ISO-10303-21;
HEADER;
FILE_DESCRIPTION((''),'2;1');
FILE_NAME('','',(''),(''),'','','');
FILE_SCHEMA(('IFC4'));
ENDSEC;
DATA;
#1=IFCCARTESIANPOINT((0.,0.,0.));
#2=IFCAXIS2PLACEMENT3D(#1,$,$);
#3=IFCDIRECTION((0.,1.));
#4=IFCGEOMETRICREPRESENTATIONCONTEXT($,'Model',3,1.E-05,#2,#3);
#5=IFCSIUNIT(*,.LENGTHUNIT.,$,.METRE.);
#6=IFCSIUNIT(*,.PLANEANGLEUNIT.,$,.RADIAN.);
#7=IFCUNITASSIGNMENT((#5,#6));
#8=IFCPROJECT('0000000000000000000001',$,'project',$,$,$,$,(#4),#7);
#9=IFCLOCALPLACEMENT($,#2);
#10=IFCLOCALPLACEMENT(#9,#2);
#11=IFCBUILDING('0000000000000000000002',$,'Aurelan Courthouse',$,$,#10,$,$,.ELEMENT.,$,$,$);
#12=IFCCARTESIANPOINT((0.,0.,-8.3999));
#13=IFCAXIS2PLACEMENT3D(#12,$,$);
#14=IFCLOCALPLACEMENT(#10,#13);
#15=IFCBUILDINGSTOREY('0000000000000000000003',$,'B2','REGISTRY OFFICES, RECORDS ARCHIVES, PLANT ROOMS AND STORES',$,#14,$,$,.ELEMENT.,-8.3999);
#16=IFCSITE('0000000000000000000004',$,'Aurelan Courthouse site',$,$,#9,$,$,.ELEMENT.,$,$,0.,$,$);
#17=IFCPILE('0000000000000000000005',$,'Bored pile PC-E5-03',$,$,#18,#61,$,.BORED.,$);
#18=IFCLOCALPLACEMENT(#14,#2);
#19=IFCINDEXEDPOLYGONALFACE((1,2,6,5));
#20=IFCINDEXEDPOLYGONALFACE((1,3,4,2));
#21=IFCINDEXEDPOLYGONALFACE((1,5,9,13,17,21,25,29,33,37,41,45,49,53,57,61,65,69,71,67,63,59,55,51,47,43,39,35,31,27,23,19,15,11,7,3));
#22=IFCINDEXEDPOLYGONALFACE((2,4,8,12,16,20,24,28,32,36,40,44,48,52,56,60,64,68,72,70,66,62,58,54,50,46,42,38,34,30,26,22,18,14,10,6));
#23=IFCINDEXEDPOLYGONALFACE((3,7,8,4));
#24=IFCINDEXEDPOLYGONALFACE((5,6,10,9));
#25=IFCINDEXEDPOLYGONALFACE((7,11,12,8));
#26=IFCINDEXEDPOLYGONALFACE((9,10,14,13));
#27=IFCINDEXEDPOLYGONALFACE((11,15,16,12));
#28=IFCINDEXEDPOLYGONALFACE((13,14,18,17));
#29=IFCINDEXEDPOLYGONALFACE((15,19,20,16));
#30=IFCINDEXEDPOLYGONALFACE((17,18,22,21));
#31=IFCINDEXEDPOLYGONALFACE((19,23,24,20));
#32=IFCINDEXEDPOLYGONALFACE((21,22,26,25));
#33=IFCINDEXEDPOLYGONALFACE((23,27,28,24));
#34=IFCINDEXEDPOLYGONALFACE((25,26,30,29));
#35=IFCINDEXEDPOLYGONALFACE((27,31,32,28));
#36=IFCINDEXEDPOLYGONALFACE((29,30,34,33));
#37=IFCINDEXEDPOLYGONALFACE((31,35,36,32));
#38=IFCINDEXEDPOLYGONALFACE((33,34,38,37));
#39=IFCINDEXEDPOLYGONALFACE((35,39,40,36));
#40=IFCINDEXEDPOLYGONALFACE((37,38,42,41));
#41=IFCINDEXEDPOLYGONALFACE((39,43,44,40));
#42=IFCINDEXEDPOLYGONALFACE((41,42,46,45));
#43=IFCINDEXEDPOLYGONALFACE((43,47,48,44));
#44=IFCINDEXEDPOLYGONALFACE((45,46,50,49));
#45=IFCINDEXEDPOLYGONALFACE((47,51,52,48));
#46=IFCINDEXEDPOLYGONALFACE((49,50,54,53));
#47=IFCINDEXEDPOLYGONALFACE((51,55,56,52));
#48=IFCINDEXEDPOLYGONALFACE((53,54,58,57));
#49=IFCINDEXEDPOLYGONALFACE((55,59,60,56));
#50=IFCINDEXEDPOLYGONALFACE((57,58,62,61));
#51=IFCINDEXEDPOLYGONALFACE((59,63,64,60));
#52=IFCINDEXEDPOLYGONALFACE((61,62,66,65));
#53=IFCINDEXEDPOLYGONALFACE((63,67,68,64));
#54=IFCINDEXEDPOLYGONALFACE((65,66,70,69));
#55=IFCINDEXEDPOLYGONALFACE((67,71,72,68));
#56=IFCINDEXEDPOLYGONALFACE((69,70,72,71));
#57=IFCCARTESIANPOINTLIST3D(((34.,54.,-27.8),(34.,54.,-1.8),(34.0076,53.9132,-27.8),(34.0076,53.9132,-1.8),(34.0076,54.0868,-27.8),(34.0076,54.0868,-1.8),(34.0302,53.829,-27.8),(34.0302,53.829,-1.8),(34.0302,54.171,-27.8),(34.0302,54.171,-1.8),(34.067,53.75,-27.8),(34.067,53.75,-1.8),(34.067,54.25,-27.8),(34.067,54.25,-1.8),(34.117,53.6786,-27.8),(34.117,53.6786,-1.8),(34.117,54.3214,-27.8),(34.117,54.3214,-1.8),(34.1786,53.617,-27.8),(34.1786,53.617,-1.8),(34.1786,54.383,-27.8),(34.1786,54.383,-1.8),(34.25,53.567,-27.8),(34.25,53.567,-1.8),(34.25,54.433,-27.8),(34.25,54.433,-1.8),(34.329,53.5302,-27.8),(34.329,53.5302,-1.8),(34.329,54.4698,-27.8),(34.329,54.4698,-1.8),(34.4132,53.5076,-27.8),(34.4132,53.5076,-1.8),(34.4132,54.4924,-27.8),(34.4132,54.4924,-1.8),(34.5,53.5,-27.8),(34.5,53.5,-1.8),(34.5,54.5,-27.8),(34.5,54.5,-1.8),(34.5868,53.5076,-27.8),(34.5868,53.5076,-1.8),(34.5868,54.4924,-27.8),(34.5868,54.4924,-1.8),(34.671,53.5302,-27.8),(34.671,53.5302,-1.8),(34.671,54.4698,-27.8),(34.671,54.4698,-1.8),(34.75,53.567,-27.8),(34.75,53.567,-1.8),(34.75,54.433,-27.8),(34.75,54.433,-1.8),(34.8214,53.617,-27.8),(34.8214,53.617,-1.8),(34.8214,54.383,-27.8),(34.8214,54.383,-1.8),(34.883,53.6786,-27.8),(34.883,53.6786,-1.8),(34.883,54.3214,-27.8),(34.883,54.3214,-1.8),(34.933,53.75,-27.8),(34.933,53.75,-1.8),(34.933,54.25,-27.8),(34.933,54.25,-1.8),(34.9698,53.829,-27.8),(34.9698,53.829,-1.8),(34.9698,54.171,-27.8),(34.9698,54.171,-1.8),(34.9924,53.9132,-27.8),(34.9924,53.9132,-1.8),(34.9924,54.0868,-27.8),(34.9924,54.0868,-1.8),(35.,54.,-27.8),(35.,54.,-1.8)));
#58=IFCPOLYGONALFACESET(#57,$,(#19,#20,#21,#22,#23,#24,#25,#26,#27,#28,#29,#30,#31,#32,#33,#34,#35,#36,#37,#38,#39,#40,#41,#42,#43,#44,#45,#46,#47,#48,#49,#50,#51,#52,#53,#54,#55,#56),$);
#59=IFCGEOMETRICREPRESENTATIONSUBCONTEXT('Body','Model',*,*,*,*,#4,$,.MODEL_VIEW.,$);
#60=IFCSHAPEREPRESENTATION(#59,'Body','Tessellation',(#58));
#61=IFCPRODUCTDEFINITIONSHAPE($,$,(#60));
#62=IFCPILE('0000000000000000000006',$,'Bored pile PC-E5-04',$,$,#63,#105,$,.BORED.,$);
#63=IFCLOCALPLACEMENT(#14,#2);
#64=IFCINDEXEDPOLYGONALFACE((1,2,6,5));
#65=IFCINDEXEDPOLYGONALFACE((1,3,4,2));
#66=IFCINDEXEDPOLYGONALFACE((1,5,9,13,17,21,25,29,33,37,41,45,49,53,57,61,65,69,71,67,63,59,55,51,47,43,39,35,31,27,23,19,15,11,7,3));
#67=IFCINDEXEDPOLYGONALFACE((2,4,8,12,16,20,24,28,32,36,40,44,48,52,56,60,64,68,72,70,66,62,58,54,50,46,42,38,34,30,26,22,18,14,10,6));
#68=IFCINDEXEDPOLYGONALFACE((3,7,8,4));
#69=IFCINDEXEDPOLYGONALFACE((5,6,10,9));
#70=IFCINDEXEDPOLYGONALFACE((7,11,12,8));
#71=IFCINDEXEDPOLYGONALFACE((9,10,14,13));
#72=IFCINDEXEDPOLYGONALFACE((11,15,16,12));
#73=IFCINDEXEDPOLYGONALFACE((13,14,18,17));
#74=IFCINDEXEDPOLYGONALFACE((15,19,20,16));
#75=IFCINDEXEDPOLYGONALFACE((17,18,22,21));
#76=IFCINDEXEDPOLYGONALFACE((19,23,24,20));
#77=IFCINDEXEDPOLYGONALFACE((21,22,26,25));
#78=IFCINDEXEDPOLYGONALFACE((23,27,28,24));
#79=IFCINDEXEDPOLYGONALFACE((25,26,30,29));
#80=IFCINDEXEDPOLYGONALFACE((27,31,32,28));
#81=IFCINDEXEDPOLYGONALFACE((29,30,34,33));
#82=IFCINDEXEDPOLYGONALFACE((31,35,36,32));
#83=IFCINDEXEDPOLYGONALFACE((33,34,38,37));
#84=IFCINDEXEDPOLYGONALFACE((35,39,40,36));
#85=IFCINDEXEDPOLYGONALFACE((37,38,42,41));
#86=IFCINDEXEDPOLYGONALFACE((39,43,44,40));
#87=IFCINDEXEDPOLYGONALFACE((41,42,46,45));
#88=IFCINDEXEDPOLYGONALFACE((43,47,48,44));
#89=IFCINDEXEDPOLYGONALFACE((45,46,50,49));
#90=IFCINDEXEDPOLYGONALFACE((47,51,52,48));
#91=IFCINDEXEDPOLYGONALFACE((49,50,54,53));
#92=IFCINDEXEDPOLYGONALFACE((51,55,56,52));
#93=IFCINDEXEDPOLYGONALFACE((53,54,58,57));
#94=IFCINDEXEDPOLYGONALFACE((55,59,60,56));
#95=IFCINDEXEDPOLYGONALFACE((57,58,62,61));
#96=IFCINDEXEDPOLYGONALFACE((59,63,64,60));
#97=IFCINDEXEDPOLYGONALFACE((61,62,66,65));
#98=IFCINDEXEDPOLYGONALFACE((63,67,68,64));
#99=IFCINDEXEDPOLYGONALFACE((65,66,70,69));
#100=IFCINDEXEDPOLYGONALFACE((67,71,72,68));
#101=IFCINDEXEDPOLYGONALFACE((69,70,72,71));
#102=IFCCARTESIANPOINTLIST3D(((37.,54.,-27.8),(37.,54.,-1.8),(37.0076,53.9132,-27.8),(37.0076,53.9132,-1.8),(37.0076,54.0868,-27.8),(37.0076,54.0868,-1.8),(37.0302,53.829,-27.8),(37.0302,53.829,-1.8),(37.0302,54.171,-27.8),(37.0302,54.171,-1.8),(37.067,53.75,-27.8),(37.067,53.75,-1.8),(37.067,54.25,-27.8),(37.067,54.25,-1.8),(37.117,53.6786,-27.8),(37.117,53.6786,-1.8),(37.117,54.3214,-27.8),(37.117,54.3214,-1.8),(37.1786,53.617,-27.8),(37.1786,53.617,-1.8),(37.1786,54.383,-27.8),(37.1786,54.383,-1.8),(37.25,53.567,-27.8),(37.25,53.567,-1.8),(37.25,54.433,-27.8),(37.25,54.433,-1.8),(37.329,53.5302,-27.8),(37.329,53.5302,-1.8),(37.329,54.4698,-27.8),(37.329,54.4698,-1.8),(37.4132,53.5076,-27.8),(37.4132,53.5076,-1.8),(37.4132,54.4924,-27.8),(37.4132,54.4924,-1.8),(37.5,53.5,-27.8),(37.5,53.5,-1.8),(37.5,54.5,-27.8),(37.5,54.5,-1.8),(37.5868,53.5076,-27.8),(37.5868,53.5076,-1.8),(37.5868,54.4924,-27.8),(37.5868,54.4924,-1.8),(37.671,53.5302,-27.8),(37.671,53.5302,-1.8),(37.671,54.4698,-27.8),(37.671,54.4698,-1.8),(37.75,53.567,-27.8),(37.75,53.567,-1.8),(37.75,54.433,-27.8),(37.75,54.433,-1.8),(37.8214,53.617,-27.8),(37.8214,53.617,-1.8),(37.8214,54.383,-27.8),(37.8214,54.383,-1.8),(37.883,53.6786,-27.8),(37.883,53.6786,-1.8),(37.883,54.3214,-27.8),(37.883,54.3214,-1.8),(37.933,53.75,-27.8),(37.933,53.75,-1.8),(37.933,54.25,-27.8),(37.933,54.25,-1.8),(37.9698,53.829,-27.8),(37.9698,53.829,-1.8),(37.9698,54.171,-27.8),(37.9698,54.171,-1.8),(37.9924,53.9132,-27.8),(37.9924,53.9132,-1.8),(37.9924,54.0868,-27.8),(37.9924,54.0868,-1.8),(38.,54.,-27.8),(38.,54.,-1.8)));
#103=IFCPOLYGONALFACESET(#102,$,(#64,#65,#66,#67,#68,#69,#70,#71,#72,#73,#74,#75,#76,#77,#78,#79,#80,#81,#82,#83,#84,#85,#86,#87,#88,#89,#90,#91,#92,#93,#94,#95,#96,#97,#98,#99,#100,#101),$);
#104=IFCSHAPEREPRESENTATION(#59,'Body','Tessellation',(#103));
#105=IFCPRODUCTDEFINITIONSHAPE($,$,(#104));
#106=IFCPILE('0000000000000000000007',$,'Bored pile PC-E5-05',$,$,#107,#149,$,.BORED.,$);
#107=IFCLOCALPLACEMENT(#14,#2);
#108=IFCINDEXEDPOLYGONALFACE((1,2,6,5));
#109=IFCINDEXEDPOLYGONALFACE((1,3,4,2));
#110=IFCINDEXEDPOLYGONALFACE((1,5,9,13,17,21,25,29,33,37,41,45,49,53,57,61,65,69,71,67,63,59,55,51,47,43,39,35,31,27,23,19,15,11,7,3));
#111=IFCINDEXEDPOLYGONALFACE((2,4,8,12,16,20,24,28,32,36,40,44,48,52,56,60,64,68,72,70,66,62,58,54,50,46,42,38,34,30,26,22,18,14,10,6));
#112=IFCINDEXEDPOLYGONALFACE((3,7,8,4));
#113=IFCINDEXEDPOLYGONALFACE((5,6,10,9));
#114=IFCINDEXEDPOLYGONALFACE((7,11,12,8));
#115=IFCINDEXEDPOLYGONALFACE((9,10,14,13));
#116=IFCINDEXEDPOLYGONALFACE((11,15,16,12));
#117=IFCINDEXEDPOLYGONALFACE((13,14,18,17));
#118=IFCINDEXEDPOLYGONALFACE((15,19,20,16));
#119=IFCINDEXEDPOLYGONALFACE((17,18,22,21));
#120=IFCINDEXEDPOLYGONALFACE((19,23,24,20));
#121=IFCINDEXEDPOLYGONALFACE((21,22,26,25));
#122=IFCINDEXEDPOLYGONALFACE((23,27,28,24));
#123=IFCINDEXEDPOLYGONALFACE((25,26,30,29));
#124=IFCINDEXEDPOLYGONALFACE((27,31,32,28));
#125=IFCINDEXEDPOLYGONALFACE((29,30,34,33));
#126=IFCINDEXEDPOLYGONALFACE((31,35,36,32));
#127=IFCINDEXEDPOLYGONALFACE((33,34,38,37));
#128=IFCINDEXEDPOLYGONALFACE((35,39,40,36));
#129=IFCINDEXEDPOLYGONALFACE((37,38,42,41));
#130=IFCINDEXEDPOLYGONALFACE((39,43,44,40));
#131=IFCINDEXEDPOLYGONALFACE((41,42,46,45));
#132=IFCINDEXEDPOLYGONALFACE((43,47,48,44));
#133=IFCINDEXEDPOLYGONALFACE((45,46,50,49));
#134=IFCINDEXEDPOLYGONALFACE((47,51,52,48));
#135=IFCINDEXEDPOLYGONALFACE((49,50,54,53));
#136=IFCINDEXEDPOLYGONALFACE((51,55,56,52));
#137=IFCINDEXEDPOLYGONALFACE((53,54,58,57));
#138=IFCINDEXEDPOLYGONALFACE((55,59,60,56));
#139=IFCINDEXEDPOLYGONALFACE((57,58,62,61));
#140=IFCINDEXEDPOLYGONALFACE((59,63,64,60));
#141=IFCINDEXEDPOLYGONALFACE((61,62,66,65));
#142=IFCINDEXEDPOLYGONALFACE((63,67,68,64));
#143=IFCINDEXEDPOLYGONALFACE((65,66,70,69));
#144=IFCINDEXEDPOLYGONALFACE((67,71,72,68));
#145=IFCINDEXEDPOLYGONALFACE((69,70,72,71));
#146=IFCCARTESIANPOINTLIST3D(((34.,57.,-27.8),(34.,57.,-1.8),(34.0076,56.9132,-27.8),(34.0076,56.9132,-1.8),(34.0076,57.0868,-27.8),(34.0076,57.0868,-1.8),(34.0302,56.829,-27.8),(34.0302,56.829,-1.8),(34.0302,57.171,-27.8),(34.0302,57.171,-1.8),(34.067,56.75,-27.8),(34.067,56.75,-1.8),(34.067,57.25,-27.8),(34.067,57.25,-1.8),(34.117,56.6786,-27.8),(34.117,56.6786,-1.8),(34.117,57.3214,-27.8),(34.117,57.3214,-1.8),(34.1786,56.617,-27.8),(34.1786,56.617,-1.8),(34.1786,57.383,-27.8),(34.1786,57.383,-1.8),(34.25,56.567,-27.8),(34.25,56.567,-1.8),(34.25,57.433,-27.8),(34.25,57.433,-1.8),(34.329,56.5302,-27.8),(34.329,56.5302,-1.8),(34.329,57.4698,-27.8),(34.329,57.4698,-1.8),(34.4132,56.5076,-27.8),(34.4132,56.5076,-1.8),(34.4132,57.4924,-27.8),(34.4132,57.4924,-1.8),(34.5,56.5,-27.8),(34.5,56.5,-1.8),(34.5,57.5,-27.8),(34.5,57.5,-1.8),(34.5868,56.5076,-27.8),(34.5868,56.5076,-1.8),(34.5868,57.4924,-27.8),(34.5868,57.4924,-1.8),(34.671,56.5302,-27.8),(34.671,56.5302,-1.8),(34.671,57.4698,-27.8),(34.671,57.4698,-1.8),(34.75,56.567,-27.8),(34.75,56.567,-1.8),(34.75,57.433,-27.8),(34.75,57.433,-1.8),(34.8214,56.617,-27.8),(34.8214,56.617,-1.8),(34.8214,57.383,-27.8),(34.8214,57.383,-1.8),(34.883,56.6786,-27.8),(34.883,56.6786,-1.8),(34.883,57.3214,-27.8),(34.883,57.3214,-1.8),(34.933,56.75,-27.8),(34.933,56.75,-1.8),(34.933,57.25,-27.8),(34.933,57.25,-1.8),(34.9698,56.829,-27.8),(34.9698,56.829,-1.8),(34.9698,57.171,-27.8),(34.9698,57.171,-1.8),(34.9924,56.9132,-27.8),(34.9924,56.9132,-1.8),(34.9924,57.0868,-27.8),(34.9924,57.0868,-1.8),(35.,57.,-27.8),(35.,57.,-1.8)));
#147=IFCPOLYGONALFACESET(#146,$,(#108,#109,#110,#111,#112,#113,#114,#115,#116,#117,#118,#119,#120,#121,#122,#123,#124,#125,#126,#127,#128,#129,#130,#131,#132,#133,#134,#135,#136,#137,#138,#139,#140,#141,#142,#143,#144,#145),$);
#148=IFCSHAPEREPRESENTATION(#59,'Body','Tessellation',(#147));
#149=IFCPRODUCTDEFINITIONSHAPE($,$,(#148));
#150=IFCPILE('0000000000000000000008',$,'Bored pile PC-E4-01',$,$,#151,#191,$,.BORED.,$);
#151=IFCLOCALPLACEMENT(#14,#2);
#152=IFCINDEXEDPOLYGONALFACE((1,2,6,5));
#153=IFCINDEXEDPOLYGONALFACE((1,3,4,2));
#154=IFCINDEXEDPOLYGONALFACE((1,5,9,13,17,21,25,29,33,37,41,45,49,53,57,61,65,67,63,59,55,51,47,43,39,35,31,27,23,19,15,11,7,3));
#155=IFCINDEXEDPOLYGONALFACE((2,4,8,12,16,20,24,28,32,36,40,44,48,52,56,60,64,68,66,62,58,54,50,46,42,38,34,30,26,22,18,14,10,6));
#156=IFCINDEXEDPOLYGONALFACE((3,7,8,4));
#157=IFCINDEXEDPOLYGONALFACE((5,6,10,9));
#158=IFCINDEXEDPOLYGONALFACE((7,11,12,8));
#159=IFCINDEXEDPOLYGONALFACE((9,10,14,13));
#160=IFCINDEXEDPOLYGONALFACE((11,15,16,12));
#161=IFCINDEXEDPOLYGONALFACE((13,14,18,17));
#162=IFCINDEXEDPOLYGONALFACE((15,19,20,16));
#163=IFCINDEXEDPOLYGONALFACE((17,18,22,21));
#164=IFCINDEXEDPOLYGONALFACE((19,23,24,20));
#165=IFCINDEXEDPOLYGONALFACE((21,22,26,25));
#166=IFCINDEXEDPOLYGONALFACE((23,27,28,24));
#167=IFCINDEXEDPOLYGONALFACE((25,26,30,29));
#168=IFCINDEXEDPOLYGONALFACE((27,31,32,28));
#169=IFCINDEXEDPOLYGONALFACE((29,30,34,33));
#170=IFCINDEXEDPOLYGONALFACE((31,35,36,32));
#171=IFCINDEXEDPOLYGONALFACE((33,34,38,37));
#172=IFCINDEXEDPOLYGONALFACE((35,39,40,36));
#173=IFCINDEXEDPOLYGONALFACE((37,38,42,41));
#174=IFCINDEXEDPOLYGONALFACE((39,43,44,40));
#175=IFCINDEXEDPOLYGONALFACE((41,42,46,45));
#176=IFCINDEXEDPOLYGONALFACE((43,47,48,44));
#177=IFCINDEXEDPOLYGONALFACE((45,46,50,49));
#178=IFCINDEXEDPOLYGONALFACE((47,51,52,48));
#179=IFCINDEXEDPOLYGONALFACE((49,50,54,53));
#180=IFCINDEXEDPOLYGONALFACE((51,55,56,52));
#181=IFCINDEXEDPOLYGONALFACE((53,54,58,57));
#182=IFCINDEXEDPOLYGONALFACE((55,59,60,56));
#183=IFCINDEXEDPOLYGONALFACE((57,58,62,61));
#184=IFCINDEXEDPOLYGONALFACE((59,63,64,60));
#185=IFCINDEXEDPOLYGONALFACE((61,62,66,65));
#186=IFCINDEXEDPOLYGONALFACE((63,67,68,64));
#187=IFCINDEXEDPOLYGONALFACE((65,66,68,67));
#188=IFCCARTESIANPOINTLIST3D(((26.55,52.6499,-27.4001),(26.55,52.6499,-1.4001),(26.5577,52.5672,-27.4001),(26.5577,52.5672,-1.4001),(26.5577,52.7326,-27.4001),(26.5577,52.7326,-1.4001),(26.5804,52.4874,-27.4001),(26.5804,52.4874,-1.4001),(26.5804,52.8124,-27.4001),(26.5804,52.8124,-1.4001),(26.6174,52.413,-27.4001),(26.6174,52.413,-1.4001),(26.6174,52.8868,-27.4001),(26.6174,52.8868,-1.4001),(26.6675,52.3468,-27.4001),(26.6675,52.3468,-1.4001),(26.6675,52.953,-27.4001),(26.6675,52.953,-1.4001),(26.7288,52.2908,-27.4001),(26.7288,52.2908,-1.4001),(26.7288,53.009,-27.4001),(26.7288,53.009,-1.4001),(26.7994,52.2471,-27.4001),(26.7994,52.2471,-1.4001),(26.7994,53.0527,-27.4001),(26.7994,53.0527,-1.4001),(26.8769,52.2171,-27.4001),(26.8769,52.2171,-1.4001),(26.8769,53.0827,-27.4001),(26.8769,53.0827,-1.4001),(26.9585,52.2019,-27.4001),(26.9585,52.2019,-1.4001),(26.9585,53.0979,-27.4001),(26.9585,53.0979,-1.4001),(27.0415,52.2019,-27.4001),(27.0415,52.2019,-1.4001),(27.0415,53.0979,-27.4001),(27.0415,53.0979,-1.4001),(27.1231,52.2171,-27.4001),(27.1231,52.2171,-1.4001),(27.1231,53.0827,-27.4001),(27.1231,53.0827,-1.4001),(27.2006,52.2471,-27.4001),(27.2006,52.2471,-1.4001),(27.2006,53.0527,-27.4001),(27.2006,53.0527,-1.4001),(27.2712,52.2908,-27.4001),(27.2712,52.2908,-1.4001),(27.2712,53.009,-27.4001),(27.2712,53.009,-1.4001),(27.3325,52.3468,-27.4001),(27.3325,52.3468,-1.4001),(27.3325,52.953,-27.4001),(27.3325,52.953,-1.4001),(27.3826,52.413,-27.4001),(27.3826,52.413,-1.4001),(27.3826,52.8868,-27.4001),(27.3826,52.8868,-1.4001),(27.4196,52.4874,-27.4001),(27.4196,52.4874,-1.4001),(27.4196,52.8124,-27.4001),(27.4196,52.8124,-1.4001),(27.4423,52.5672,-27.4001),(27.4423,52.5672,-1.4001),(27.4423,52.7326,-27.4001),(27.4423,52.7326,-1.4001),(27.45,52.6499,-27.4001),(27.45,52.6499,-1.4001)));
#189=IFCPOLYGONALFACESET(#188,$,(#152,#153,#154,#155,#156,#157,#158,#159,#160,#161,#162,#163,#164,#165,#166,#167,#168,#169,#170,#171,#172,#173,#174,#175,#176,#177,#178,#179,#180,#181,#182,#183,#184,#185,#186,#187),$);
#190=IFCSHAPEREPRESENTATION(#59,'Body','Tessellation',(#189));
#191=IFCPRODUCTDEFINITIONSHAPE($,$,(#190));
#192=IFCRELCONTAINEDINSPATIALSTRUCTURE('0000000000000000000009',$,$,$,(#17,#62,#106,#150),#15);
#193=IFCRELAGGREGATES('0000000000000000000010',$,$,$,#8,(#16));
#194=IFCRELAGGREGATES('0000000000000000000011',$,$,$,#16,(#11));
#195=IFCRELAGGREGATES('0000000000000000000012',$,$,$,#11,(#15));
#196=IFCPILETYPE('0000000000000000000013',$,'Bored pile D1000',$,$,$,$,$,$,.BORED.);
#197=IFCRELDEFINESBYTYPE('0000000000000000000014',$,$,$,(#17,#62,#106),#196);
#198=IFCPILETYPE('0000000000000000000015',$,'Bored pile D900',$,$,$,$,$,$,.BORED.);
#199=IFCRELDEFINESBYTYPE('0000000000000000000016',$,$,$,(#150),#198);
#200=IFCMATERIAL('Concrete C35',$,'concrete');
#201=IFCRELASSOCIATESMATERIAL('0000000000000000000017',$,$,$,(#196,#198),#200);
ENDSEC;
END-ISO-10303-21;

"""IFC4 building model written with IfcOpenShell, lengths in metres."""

from ifc_helpers import new_model, si_unit, direction, frame, origin, origin_2d, place, context, subcontext, project, spatial, circle, extrude, material, material_profile, profile_set, type_object, element, save


model = new_model("IFC4")

# Units and contexts
model_context = context("Model", 3, precision=1e-05, world=origin(), true_north=direction((0.0, 1.0)))
body_context = subcontext(model_context, "Body", "Model", "MODEL_VIEW")
ifc_project = project(units=[si_unit("LENGTHUNIT", "METRE"), si_unit("PLANEANGLEUNIT", "RADIAN")], contexts=[model_context])

# Site, building, storey
site_placement = place(None, origin())
site = spatial("IfcSite", under=ifc_project, at=site_placement, Name="Aurelan Courthouse site", CompositionType="ELEMENT", RefElevation=0.0)
building_placement = place(site_placement, origin())
building = spatial("IfcBuilding", under=site, at=building_placement, Name="Aurelan Courthouse", CompositionType="ELEMENT")
storey_placement = place(building_placement, frame((0.0, 0.0, -8.3999)))
storey = spatial("IfcBuildingStorey", under=building, at=storey_placement, Name="B2", Description="REGISTRY OFFICES, RECORDS ARCHIVES, PLANT ROOMS AND STORES", CompositionType="ELEMENT", Elevation=-8.3999)

# Piles
ifc_material_1 = material(Name="Concrete C35", Category="concrete")
ifc_material_profile_1 = material_profile(ifc_material_1, circle(Radius=0.5, at=origin_2d()), Name="D1000")
ifc_profile_set_1 = profile_set([ifc_material_profile_1], Name="Concrete C35")
pile_type_1 = type_object("IfcPileType", Name="Bored pile D1000", PredefinedType="BORED", material=ifc_profile_set_1)
for number, where, z_axis, x_axis, name in (
    (1, (34.5, 54.0, -1.8), (0.0, 0.0, -1.0), (1.0, 0.0, 0.0), "Bored pile PC-E5-03"),
    (2, (37.5, 54.0, -1.8), (0.0, 0.0, -1.0), (1.0, 0.0, 0.0), "Bored pile PC-E5-04"),
    (3, (34.5, 57.0, -1.8), (0.0, 0.0, -1.0), (1.0, 0.0, 0.0), "Bored pile PC-E5-05"),
):
    element("IfcPile", number, at=place(storey_placement, frame(where, z_axis=z_axis, x_axis=x_axis)), inside=storey, type_object=pile_type_1, Name=name, PredefinedType="BORED", context=body_context, shape_type="SweptSolid", body=[
        extrude(circle(Radius=0.5, at=origin_2d()), origin(), (0.0, 0.0, 1.0), 26.0),
    ])
ifc_material_profile_2 = material_profile(ifc_material_1, circle(Radius=0.45, at=origin_2d()), Name="D900")
ifc_profile_set_2 = profile_set([ifc_material_profile_2], Name="Concrete C35")
pile_type_2 = type_object("IfcPileType", Name="Bored pile D900", PredefinedType="BORED", material=ifc_profile_set_2)
for number, where, z_axis, x_axis, name in (
    (4, (27.0, 52.6499, -1.4001), (0.0, 0.0, -1.0), (1.0, 0.0, 0.0), "Bored pile PC-E4-01"),
):
    element("IfcPile", number, at=place(storey_placement, frame(where, z_axis=z_axis, x_axis=x_axis)), inside=storey, type_object=pile_type_2, Name=name, PredefinedType="BORED", context=body_context, shape_type="SweptSolid", body=[
        extrude(circle(Radius=0.45, at=origin_2d()), origin(), (0.0, 0.0, 1.0), 26.0),
    ])

save(model, "model.ifc")
